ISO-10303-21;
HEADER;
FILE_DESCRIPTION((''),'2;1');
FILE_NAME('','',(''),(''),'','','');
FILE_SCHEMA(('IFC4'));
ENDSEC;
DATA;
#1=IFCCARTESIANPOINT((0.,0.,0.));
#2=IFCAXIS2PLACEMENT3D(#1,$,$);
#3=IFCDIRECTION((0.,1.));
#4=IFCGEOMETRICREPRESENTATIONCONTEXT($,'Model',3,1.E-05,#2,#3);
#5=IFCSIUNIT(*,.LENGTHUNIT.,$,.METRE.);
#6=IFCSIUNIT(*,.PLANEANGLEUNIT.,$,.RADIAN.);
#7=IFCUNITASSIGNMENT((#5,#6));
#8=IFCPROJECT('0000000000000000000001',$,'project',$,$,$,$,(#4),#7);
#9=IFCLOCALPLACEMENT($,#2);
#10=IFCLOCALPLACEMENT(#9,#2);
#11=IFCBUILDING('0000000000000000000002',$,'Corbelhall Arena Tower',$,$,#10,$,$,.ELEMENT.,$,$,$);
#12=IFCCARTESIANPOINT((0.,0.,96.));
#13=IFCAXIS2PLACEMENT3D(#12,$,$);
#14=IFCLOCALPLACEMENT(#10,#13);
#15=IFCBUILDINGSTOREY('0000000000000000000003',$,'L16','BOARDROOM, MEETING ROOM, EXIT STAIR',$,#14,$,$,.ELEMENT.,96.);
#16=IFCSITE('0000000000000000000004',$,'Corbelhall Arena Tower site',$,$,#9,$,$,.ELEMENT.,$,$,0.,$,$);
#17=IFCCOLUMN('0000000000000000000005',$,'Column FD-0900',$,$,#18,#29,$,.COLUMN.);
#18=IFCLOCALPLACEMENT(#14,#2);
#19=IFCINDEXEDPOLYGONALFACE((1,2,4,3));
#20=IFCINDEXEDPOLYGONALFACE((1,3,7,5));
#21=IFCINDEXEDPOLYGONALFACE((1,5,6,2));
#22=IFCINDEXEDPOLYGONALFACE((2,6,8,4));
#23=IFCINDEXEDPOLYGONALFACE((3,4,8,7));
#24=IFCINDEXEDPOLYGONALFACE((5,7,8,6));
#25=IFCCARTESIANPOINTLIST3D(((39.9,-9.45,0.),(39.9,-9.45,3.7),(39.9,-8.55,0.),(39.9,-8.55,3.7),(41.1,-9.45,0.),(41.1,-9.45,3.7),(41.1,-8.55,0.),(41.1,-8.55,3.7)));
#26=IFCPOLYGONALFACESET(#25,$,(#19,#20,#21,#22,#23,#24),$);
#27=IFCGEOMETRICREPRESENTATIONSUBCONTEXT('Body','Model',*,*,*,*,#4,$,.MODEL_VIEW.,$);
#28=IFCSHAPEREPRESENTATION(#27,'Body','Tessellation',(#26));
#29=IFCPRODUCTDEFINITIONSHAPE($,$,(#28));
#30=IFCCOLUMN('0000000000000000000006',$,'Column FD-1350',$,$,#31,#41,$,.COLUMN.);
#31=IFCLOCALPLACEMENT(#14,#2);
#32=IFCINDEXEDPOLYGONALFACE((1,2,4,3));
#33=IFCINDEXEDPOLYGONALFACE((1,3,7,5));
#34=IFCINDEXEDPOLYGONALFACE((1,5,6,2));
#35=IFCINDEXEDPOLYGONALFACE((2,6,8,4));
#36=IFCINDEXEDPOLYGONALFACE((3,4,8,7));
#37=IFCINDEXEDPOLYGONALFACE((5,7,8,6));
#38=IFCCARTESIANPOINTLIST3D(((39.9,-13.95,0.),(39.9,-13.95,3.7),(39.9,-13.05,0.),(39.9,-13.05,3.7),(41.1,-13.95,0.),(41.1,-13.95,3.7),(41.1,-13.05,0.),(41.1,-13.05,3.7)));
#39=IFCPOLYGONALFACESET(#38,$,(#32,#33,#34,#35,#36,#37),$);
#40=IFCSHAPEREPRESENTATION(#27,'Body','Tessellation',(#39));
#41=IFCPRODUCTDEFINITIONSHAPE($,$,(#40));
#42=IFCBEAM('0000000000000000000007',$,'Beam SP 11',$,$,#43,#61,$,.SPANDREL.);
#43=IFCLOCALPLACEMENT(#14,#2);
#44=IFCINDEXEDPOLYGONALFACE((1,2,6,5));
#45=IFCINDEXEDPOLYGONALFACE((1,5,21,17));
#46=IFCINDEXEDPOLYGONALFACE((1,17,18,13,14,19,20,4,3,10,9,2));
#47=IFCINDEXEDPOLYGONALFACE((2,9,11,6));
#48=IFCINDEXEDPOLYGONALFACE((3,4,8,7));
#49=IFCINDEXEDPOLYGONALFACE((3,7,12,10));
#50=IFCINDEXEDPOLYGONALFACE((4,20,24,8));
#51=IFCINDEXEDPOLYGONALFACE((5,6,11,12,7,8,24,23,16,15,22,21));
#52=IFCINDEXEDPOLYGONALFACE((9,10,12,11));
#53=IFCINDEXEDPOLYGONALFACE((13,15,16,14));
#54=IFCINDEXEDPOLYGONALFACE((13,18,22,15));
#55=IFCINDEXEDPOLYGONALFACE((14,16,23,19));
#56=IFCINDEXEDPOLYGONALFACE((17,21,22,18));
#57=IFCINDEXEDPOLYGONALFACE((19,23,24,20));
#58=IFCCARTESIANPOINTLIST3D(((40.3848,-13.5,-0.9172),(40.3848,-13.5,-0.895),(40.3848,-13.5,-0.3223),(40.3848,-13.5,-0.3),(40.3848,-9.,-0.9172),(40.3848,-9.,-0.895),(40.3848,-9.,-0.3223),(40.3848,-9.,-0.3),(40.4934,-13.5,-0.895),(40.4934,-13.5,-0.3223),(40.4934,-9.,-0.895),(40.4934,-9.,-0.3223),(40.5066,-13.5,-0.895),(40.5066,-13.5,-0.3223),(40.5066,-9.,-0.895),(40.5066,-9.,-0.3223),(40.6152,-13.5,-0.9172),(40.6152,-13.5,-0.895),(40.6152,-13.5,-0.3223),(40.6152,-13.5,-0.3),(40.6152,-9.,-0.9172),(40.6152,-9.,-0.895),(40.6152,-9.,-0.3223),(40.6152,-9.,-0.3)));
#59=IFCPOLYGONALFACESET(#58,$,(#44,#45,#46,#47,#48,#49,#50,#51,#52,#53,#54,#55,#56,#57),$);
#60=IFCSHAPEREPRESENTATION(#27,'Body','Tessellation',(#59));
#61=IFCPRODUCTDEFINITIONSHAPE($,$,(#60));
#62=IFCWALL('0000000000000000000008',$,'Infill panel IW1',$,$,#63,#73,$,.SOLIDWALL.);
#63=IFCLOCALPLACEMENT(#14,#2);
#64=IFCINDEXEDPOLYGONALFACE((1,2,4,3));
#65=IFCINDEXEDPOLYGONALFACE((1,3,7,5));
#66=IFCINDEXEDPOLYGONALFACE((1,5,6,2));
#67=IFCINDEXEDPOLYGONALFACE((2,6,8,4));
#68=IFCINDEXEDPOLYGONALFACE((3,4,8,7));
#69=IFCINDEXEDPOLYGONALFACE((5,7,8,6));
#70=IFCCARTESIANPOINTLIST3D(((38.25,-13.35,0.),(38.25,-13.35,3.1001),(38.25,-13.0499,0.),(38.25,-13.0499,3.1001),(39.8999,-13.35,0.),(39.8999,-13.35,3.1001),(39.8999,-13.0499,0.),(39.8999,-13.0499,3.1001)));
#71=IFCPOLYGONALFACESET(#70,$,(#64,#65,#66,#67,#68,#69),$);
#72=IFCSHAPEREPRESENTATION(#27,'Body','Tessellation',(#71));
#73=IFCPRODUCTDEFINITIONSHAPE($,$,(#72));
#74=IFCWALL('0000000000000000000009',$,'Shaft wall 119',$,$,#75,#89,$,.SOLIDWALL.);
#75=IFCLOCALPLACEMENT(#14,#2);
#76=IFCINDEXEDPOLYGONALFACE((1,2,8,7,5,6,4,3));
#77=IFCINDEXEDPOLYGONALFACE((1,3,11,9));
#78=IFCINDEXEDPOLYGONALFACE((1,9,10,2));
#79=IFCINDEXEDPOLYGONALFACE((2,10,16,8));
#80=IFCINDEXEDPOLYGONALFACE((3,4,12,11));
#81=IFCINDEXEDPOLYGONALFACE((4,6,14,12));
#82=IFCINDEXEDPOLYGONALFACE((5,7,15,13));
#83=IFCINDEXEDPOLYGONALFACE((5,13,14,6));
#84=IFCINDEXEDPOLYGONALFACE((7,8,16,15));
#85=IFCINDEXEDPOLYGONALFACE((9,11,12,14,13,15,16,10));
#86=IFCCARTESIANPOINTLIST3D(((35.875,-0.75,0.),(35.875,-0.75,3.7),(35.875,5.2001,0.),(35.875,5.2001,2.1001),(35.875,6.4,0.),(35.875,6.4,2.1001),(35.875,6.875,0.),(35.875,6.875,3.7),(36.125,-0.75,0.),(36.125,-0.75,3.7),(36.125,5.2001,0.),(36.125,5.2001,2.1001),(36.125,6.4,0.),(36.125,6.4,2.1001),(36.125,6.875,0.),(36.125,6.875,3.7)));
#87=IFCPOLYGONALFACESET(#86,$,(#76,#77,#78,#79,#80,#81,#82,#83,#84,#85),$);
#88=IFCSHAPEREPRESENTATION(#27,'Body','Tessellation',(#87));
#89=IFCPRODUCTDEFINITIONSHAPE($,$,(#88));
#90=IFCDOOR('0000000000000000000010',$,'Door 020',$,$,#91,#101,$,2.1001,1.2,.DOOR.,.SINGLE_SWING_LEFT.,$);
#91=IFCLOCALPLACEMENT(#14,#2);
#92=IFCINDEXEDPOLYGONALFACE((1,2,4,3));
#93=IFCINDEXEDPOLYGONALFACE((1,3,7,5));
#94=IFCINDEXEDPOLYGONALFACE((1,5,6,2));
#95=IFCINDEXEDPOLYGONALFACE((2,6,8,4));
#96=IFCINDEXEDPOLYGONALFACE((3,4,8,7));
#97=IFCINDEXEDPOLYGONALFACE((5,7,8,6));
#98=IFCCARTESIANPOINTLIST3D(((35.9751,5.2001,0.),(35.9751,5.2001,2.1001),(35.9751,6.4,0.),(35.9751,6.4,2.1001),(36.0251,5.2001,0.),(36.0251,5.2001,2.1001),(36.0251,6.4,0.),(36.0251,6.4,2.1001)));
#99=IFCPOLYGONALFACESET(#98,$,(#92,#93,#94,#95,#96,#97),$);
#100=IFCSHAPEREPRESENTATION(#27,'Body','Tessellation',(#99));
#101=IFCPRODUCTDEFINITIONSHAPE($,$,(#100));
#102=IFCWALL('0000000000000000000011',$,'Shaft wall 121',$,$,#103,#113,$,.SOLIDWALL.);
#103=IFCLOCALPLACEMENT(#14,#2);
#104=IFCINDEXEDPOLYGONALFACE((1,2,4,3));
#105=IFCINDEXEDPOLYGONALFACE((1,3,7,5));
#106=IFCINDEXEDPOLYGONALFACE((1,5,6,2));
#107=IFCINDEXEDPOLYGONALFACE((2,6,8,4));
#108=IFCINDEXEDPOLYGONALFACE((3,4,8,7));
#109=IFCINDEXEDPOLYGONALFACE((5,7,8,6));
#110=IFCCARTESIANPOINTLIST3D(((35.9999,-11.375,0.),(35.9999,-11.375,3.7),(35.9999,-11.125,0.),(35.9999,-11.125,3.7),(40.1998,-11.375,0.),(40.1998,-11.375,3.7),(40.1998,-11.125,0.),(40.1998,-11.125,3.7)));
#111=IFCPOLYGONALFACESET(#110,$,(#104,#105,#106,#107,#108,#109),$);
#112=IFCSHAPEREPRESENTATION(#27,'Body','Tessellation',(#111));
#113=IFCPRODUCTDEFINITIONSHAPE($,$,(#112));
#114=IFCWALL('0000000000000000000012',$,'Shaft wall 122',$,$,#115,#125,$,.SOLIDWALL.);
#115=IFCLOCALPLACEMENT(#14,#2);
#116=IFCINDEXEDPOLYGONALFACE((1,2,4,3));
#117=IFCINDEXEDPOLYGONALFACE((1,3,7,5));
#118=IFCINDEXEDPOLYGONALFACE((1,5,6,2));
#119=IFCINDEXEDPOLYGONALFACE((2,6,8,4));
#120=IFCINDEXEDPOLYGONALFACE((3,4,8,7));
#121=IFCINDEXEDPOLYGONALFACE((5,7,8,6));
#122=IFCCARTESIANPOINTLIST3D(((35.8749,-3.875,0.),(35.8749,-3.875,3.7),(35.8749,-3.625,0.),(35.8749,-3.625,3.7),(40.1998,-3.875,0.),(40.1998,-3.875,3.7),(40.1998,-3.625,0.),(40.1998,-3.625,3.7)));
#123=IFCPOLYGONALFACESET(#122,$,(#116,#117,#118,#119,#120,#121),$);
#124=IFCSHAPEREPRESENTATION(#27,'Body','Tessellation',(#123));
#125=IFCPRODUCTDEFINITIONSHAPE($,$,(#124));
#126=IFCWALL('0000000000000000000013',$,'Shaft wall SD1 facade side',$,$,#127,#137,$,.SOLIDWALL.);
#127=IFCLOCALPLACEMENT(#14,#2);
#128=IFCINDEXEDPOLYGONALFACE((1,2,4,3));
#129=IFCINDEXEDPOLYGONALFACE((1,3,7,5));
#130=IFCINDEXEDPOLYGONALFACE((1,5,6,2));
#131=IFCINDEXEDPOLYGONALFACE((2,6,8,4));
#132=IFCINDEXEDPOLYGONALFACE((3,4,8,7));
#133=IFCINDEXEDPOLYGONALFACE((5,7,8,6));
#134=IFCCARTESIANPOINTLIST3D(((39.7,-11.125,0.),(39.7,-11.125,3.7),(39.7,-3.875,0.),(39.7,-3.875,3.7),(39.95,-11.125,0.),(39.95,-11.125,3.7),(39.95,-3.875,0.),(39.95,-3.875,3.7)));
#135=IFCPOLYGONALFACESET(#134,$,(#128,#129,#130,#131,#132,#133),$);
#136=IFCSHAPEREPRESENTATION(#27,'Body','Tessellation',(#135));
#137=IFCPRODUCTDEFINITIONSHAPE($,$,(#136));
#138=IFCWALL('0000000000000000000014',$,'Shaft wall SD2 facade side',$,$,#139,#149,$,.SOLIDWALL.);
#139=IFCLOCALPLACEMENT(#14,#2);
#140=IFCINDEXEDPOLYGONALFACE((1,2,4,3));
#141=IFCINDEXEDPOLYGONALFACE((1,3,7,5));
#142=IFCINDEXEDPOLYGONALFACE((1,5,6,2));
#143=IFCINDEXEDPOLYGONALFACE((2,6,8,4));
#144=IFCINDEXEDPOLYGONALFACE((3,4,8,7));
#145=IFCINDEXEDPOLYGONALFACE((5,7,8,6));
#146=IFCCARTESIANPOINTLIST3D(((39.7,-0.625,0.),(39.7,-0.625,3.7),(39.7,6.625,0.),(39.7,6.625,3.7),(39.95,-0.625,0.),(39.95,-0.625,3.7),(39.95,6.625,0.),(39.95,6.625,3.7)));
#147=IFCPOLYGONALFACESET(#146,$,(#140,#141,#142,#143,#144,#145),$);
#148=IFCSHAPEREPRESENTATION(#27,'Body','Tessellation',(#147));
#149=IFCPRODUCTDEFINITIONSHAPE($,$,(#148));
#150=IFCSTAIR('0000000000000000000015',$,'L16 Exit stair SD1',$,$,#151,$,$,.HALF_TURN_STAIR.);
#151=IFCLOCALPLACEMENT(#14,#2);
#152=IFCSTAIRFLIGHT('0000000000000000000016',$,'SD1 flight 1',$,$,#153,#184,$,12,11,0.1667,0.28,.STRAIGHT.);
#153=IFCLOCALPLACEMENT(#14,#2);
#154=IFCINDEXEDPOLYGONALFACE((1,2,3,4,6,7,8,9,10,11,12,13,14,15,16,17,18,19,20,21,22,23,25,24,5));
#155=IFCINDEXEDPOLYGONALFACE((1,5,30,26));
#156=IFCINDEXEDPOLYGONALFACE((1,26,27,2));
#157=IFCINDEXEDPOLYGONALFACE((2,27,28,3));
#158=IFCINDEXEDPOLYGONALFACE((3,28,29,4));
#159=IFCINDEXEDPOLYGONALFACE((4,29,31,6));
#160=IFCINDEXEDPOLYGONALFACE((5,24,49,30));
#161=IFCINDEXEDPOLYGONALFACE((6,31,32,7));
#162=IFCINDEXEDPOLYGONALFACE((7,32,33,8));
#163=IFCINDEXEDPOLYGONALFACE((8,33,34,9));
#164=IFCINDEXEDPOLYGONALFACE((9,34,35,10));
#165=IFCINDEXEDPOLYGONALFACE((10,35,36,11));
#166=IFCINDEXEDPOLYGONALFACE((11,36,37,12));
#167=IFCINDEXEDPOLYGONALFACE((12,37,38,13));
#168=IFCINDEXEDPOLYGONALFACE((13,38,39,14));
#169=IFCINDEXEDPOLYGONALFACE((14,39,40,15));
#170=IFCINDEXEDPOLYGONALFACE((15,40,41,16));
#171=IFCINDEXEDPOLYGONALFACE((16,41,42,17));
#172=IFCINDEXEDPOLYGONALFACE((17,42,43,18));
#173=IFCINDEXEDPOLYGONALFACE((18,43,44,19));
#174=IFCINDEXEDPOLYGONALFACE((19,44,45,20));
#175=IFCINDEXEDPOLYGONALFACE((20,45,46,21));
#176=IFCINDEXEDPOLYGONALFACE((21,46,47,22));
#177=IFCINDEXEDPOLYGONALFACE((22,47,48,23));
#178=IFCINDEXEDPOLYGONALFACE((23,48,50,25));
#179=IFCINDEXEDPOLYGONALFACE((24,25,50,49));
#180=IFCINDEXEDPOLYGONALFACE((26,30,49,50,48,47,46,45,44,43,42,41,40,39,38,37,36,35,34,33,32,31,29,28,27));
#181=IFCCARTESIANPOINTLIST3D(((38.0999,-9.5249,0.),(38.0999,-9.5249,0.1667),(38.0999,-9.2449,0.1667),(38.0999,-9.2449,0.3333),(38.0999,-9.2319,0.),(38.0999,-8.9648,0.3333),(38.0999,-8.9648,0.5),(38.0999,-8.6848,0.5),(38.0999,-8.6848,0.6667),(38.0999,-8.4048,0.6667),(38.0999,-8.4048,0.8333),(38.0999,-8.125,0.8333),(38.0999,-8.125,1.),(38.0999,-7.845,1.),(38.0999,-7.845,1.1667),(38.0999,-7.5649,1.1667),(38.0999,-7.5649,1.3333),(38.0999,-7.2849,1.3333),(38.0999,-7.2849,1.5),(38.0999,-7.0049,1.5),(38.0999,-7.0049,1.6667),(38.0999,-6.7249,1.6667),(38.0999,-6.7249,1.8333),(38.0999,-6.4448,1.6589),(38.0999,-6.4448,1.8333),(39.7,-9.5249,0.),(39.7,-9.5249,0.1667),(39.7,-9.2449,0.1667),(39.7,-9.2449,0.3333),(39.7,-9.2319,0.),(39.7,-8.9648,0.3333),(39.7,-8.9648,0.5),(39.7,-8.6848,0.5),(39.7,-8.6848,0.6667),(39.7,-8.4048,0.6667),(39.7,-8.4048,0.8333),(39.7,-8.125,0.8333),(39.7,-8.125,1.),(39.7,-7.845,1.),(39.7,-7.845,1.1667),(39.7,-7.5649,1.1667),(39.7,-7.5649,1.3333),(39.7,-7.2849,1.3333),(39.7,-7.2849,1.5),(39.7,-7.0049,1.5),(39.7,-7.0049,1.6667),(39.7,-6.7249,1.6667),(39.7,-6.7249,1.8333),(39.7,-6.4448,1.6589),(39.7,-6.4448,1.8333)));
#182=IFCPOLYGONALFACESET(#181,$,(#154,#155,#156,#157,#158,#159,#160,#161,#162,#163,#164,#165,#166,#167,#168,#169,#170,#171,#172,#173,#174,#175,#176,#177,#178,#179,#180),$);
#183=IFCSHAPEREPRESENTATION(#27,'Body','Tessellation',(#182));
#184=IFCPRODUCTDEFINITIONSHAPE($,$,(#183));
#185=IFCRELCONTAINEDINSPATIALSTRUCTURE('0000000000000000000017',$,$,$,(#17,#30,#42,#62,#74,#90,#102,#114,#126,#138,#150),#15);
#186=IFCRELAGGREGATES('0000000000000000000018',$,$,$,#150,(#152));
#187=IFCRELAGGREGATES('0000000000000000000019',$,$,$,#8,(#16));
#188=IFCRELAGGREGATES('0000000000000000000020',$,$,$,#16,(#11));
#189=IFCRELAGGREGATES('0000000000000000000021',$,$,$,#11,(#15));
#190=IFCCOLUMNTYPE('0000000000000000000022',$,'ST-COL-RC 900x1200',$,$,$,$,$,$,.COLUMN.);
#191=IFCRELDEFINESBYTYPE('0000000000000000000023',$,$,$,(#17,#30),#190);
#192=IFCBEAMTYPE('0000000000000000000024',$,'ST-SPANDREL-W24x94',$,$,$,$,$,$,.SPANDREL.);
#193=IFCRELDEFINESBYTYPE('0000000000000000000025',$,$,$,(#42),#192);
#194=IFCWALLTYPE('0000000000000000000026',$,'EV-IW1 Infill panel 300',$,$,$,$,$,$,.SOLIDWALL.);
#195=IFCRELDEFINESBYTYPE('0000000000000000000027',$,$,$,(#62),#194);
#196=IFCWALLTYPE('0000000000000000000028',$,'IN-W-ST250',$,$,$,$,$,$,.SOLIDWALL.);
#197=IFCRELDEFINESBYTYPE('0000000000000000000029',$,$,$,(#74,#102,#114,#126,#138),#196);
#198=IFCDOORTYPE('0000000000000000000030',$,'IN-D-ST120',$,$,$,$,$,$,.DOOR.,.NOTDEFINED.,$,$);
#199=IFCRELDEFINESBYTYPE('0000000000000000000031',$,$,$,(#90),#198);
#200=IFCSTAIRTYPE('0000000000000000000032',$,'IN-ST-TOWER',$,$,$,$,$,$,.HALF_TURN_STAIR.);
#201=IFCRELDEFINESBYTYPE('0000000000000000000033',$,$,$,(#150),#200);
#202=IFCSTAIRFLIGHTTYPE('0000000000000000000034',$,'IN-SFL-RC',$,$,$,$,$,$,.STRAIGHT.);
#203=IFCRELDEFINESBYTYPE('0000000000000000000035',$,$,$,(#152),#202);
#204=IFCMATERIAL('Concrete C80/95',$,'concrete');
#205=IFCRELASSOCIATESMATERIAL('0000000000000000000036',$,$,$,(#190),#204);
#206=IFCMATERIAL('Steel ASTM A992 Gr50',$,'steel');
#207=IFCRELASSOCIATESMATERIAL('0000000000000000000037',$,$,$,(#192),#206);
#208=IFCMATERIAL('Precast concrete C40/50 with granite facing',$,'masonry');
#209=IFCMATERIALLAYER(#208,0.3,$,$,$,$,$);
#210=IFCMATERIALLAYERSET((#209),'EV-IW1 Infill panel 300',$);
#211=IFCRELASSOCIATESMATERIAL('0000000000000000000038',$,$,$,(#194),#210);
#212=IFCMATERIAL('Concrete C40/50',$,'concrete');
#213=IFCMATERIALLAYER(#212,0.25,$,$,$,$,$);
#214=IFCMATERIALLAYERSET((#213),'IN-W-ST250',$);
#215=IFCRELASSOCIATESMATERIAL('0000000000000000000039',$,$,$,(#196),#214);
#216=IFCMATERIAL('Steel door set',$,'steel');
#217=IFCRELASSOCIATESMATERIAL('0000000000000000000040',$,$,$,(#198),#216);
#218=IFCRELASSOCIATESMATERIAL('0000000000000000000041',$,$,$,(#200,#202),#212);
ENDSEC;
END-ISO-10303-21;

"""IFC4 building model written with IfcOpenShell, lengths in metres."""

from ifc_helpers import new_model, si_unit, direction, frame, frame_2d, origin, origin_2d, place, context, subcontext, project, spatial, polyline, rectangle, i_section, outline, extrude, material, layer, layer_set, material_profile, profile_set, type_object, element, fill, aggregate, save


model = new_model("IFC4")

# Units and contexts
model_context = context("Model", 3, precision=1e-05, world=origin(), true_north=direction((0.0, 1.0)))
body_context = subcontext(model_context, "Body", "Model", "MODEL_VIEW")
ifc_project = project(units=[si_unit("LENGTHUNIT", "METRE"), si_unit("PLANEANGLEUNIT", "RADIAN")], contexts=[model_context])

# Site, building, storey
site_placement = place(None, origin())
site = spatial("IfcSite", under=ifc_project, at=site_placement, Name="Corbelhall Arena Tower site", CompositionType="ELEMENT", RefElevation=0.0)
building_placement = place(site_placement, origin())
building = spatial("IfcBuilding", under=site, at=building_placement, Name="Corbelhall Arena Tower", CompositionType="ELEMENT")
storey_placement = place(building_placement, frame((0.0, 0.0, 96.0)))
storey = spatial("IfcBuildingStorey", under=building, at=storey_placement, Name="L16", Description="BOARDROOM, MEETING ROOM, EXIT STAIR", CompositionType="ELEMENT", Elevation=96.0)

# Columns
ifc_material_1 = material(Name="Concrete C80/95", Category="concrete")
ifc_material_profile_1 = material_profile(ifc_material_1, rectangle(XDim=0.8999, YDim=1.2, at=origin_2d()))
ifc_profile_set_1 = profile_set([ifc_material_profile_1], Name="Concrete C80/95")
column_type = type_object("IfcColumnType", Name="ST-COL-RC 900x1200", PredefinedType="COLUMN", material=ifc_profile_set_1)
for number, where, z_axis, x_axis, name in (
    (1, (40.5, -9.0, 0.0), (0.0, 0.0, 1.0), (0.0, 1.0, 0.0), "Column FD-0900"),
    (2, (40.5, -13.5, 0.0), (0.0, 0.0, 1.0), (0.0, 1.0, 0.0), "Column FD-1350"),
):
    element("IfcColumn", number, at=place(storey_placement, frame(where, z_axis=z_axis, x_axis=x_axis)), inside=storey, type_object=column_type, Name=name, PredefinedType="COLUMN", context=body_context, shape_type="SweptSolid", body=[
        extrude(rectangle(XDim=0.8999, YDim=1.2, at=origin_2d()), origin(), (0.0, 0.0, 1.0), 3.7),
    ])

# Beam
ifc_material_2 = material(Name="Steel ASTM A992 Gr50", Category="steel")
ifc_material_profile_2 = material_profile(ifc_material_2, i_section(OverallWidth=0.2305, OverallDepth=0.6172, WebThickness=0.0132, FlangeThickness=0.0222, at=origin_2d()))
ifc_profile_set_2 = profile_set([ifc_material_profile_2], Name="Steel ASTM A992 Gr50")
beam_type = type_object("IfcBeamType", Name="ST-SPANDREL-W24x94", PredefinedType="SPANDREL", material=ifc_profile_set_2)
beam_placement = place(storey_placement, frame((40.5, -9.0, -0.6086), z_axis=(0.0, -1.0, 0.0), x_axis=(1.0, 0.0, 0.0)))
element("IfcBeam", 3, at=beam_placement, inside=storey, type_object=beam_type, Name="Beam SP 11", PredefinedType="SPANDREL", context=body_context, shape_type="SweptSolid", body=[
    extrude(i_section(OverallWidth=0.2305, OverallDepth=0.6172, WebThickness=0.0132, FlangeThickness=0.0222, at=origin_2d()), origin(), (0.0, 0.0, 1.0), 4.5),
])

# Wall
ifc_material_3 = material(Name="Precast concrete C40/50 with granite facing", Category="masonry")
ifc_layer_1 = layer(ifc_material_3, 0.3)
ifc_layer_set_1 = layer_set([ifc_layer_1], Name="EV-IW1 Infill panel 300")
wall_type_1 = type_object("IfcWallType", Name="EV-IW1 Infill panel 300", PredefinedType="SOLIDWALL", material=ifc_layer_set_1)
wall_1_placement = place(storey_placement, frame((39.8999, -13.2, 0.0), z_axis=(0.0, 0.0, 1.0), x_axis=(-1.0, 0.0, 0.0)))
element("IfcWall", 4, at=wall_1_placement, inside=storey, type_object=wall_type_1, Name="Infill panel IW1", PredefinedType="SOLIDWALL", context=body_context, shape_type="SweptSolid", body=[
    extrude(rectangle(XDim=1.6499, YDim=0.3, at=frame_2d((0.825, 0.0))), origin(), (0.0, 0.0, 1.0), 3.1001),
])

# Wall, opening, door
ifc_material_4 = material(Name="Concrete C40/50", Category="concrete")
ifc_layer_2 = layer(ifc_material_4, 0.25)
ifc_layer_set_2 = layer_set([ifc_layer_2], Name="IN-W-ST250")
wall_type_2 = type_object("IfcWallType", Name="IN-W-ST250", PredefinedType="SOLIDWALL", material=ifc_layer_set_2)
wall_2_placement = place(storey_placement, frame((36.0, -0.75, 0.0), z_axis=(0.0, 0.0, 1.0), x_axis=(0.0, 1.0, 0.0)))
wall_2 = element("IfcWall", 5, at=wall_2_placement, inside=storey, type_object=wall_type_2, Name="Shaft wall 119", PredefinedType="SOLIDWALL", context=body_context, shape_type="SweptSolid", body=[
    extrude(rectangle(XDim=7.625, YDim=0.25, at=frame_2d((3.8125, 0.0))), origin(), (0.0, 0.0, 1.0), 3.7),
])
opening_1_placement = place(wall_2_placement, frame((5.95, 0.0, 0.0)))
opening_1 = element("IfcOpeningElement", 6, at=opening_1_placement, cuts=wall_2, PredefinedType="OPENING", context=body_context, shape_type="SweptSolid", body=[
    extrude(rectangle(XDim=1.2, YDim=2.1001, at=frame_2d((0.6001, 1.05))), frame((0.0, 0.125, 0.0), z_axis=(0.0, -1.0, 0.0), x_axis=(1.0, 0.0, 0.0)), (0.0, 0.0, 1.0), 0.25),
])
ifc_material_5 = material(Name="Steel door set", Category="steel")
door_type = type_object("IfcDoorType", Name="IN-D-ST120", OperationType="NOTDEFINED", PredefinedType="DOOR", material=ifc_material_5)
door_placement = place(opening_1_placement, origin())
door = element("IfcDoor", 7, at=door_placement, inside=storey, type_object=door_type, Name="Door 020", OperationType="SINGLE_SWING_LEFT", OverallHeight=2.1001, OverallWidth=1.2, PredefinedType="DOOR", context=body_context, shape_type="SweptSolid", body=[
    extrude(rectangle(XDim=1.2, YDim=2.1001, at=frame_2d((0.6001, 1.05))), frame((0.0, 0.0249, 0.0), z_axis=(0.0, -1.0, 0.0), x_axis=(1.0, 0.0, 0.0)), (0.0, 0.0, 1.0), 0.05),
])
fill(opening_1, door)

# Walls
wall_3_placement = place(storey_placement, frame((40.2, -11.25, 0.0), z_axis=(0.0, 0.0, 1.0), x_axis=(-1.0, 0.0, 0.0)))
element("IfcWall", 8, at=wall_3_placement, inside=storey, type_object=wall_type_2, Name="Shaft wall 121", PredefinedType="SOLIDWALL", context=body_context, shape_type="SweptSolid", body=[
    extrude(rectangle(XDim=4.2, YDim=0.25, at=frame_2d((2.1001, 0.0))), origin(), (0.0, 0.0, 1.0), 3.7),
])
wall_4_placement = place(storey_placement, frame((40.2, -3.75, 0.0), z_axis=(0.0, 0.0, 1.0), x_axis=(-1.0, 0.0, 0.0)))
element("IfcWall", 9, at=wall_4_placement, inside=storey, type_object=wall_type_2, Name="Shaft wall 122", PredefinedType="SOLIDWALL", context=body_context, shape_type="SweptSolid", body=[
    extrude(rectangle(XDim=4.325, YDim=0.25, at=frame_2d((2.1626, 0.0))), origin(), (0.0, 0.0, 1.0), 3.7),
])
for number, where, z_axis, x_axis, name in (
    (10, (39.825, -11.125, 0.0), (0.0, 0.0, 1.0), (0.0, 1.0, 0.0), "Shaft wall SD1 facade side"),
    (11, (39.825, -0.625, 0.0), (0.0, 0.0, 1.0), (0.0, 1.0, 0.0), "Shaft wall SD2 facade side"),
):
    element("IfcWall", number, at=place(storey_placement, frame(where, z_axis=z_axis, x_axis=x_axis)), inside=storey, type_object=wall_type_2, Name=name, PredefinedType="SOLIDWALL", context=body_context, shape_type="SweptSolid", body=[
        extrude(rectangle(XDim=7.25, YDim=0.25, at=frame_2d((3.625, 0.0))), origin(), (0.0, 0.0, 1.0), 3.7),
    ])

# Stair, stair flight
stair_type = type_object("IfcStairType", Name="IN-ST-TOWER", PredefinedType="HALF_TURN_STAIR", material=ifc_material_4)
stair_placement = place(storey_placement, origin())
stair = element("IfcStair", 12, at=stair_placement, inside=storey, type_object=stair_type, Name="L16 Exit stair SD1", PredefinedType="HALF_TURN_STAIR")
stair_flight_type = type_object("IfcStairFlightType", Name="IN-SFL-RC", PredefinedType="STRAIGHT", material=ifc_material_4)
stair_flight_1_placement = place(storey_placement, frame((38.8999, -9.5249, 0.0), z_axis=(0.0, 0.0, 1.0), x_axis=(0.0, 1.0, 0.0)))
stair_flight_1 = element("IfcStairFlight", 13, at=stair_flight_1_placement, type_object=stair_flight_type, Name="SD1 flight 1", NumberOfRisers=12, NumberOfTreads=11, PredefinedType="STRAIGHT", RiserHeight=0.1667, TreadLength=0.28, context=body_context, shape_type="SweptSolid", body=[
    extrude(outline(polyline([(0.0, 0.0), (0.0, 0.1667), (0.28, 0.1667), (0.28, 0.3333), (0.5601, 0.3333), (0.5601, 0.5), (0.8401, 0.5), (0.8401, 0.6667), (1.1201, 0.6667), (1.1201, 0.8333), (1.3999, 0.8333), (1.3999, 1.0), (1.6799, 1.0), (1.6799, 1.1667), (1.96, 1.1667), (1.96, 1.3333), (2.24, 1.3333), (2.24, 1.5), (2.52, 1.5), (2.52, 1.6667), (2.8, 1.6667), (2.8, 1.8333), (3.0801, 1.8333), (3.0801, 2.0), (3.0801, 1.6589), (0.293, 0.0), (0.0, 0.0)])), frame((0.0, 0.8, 0.0), z_axis=(0.0, -1.0, 0.0), x_axis=(1.0, 0.0, 0.0)), (0.0, 0.0, 1.0), 1.6001),
])
aggregate(stair, [stair_flight_1])

save(model, "model.ifc")
